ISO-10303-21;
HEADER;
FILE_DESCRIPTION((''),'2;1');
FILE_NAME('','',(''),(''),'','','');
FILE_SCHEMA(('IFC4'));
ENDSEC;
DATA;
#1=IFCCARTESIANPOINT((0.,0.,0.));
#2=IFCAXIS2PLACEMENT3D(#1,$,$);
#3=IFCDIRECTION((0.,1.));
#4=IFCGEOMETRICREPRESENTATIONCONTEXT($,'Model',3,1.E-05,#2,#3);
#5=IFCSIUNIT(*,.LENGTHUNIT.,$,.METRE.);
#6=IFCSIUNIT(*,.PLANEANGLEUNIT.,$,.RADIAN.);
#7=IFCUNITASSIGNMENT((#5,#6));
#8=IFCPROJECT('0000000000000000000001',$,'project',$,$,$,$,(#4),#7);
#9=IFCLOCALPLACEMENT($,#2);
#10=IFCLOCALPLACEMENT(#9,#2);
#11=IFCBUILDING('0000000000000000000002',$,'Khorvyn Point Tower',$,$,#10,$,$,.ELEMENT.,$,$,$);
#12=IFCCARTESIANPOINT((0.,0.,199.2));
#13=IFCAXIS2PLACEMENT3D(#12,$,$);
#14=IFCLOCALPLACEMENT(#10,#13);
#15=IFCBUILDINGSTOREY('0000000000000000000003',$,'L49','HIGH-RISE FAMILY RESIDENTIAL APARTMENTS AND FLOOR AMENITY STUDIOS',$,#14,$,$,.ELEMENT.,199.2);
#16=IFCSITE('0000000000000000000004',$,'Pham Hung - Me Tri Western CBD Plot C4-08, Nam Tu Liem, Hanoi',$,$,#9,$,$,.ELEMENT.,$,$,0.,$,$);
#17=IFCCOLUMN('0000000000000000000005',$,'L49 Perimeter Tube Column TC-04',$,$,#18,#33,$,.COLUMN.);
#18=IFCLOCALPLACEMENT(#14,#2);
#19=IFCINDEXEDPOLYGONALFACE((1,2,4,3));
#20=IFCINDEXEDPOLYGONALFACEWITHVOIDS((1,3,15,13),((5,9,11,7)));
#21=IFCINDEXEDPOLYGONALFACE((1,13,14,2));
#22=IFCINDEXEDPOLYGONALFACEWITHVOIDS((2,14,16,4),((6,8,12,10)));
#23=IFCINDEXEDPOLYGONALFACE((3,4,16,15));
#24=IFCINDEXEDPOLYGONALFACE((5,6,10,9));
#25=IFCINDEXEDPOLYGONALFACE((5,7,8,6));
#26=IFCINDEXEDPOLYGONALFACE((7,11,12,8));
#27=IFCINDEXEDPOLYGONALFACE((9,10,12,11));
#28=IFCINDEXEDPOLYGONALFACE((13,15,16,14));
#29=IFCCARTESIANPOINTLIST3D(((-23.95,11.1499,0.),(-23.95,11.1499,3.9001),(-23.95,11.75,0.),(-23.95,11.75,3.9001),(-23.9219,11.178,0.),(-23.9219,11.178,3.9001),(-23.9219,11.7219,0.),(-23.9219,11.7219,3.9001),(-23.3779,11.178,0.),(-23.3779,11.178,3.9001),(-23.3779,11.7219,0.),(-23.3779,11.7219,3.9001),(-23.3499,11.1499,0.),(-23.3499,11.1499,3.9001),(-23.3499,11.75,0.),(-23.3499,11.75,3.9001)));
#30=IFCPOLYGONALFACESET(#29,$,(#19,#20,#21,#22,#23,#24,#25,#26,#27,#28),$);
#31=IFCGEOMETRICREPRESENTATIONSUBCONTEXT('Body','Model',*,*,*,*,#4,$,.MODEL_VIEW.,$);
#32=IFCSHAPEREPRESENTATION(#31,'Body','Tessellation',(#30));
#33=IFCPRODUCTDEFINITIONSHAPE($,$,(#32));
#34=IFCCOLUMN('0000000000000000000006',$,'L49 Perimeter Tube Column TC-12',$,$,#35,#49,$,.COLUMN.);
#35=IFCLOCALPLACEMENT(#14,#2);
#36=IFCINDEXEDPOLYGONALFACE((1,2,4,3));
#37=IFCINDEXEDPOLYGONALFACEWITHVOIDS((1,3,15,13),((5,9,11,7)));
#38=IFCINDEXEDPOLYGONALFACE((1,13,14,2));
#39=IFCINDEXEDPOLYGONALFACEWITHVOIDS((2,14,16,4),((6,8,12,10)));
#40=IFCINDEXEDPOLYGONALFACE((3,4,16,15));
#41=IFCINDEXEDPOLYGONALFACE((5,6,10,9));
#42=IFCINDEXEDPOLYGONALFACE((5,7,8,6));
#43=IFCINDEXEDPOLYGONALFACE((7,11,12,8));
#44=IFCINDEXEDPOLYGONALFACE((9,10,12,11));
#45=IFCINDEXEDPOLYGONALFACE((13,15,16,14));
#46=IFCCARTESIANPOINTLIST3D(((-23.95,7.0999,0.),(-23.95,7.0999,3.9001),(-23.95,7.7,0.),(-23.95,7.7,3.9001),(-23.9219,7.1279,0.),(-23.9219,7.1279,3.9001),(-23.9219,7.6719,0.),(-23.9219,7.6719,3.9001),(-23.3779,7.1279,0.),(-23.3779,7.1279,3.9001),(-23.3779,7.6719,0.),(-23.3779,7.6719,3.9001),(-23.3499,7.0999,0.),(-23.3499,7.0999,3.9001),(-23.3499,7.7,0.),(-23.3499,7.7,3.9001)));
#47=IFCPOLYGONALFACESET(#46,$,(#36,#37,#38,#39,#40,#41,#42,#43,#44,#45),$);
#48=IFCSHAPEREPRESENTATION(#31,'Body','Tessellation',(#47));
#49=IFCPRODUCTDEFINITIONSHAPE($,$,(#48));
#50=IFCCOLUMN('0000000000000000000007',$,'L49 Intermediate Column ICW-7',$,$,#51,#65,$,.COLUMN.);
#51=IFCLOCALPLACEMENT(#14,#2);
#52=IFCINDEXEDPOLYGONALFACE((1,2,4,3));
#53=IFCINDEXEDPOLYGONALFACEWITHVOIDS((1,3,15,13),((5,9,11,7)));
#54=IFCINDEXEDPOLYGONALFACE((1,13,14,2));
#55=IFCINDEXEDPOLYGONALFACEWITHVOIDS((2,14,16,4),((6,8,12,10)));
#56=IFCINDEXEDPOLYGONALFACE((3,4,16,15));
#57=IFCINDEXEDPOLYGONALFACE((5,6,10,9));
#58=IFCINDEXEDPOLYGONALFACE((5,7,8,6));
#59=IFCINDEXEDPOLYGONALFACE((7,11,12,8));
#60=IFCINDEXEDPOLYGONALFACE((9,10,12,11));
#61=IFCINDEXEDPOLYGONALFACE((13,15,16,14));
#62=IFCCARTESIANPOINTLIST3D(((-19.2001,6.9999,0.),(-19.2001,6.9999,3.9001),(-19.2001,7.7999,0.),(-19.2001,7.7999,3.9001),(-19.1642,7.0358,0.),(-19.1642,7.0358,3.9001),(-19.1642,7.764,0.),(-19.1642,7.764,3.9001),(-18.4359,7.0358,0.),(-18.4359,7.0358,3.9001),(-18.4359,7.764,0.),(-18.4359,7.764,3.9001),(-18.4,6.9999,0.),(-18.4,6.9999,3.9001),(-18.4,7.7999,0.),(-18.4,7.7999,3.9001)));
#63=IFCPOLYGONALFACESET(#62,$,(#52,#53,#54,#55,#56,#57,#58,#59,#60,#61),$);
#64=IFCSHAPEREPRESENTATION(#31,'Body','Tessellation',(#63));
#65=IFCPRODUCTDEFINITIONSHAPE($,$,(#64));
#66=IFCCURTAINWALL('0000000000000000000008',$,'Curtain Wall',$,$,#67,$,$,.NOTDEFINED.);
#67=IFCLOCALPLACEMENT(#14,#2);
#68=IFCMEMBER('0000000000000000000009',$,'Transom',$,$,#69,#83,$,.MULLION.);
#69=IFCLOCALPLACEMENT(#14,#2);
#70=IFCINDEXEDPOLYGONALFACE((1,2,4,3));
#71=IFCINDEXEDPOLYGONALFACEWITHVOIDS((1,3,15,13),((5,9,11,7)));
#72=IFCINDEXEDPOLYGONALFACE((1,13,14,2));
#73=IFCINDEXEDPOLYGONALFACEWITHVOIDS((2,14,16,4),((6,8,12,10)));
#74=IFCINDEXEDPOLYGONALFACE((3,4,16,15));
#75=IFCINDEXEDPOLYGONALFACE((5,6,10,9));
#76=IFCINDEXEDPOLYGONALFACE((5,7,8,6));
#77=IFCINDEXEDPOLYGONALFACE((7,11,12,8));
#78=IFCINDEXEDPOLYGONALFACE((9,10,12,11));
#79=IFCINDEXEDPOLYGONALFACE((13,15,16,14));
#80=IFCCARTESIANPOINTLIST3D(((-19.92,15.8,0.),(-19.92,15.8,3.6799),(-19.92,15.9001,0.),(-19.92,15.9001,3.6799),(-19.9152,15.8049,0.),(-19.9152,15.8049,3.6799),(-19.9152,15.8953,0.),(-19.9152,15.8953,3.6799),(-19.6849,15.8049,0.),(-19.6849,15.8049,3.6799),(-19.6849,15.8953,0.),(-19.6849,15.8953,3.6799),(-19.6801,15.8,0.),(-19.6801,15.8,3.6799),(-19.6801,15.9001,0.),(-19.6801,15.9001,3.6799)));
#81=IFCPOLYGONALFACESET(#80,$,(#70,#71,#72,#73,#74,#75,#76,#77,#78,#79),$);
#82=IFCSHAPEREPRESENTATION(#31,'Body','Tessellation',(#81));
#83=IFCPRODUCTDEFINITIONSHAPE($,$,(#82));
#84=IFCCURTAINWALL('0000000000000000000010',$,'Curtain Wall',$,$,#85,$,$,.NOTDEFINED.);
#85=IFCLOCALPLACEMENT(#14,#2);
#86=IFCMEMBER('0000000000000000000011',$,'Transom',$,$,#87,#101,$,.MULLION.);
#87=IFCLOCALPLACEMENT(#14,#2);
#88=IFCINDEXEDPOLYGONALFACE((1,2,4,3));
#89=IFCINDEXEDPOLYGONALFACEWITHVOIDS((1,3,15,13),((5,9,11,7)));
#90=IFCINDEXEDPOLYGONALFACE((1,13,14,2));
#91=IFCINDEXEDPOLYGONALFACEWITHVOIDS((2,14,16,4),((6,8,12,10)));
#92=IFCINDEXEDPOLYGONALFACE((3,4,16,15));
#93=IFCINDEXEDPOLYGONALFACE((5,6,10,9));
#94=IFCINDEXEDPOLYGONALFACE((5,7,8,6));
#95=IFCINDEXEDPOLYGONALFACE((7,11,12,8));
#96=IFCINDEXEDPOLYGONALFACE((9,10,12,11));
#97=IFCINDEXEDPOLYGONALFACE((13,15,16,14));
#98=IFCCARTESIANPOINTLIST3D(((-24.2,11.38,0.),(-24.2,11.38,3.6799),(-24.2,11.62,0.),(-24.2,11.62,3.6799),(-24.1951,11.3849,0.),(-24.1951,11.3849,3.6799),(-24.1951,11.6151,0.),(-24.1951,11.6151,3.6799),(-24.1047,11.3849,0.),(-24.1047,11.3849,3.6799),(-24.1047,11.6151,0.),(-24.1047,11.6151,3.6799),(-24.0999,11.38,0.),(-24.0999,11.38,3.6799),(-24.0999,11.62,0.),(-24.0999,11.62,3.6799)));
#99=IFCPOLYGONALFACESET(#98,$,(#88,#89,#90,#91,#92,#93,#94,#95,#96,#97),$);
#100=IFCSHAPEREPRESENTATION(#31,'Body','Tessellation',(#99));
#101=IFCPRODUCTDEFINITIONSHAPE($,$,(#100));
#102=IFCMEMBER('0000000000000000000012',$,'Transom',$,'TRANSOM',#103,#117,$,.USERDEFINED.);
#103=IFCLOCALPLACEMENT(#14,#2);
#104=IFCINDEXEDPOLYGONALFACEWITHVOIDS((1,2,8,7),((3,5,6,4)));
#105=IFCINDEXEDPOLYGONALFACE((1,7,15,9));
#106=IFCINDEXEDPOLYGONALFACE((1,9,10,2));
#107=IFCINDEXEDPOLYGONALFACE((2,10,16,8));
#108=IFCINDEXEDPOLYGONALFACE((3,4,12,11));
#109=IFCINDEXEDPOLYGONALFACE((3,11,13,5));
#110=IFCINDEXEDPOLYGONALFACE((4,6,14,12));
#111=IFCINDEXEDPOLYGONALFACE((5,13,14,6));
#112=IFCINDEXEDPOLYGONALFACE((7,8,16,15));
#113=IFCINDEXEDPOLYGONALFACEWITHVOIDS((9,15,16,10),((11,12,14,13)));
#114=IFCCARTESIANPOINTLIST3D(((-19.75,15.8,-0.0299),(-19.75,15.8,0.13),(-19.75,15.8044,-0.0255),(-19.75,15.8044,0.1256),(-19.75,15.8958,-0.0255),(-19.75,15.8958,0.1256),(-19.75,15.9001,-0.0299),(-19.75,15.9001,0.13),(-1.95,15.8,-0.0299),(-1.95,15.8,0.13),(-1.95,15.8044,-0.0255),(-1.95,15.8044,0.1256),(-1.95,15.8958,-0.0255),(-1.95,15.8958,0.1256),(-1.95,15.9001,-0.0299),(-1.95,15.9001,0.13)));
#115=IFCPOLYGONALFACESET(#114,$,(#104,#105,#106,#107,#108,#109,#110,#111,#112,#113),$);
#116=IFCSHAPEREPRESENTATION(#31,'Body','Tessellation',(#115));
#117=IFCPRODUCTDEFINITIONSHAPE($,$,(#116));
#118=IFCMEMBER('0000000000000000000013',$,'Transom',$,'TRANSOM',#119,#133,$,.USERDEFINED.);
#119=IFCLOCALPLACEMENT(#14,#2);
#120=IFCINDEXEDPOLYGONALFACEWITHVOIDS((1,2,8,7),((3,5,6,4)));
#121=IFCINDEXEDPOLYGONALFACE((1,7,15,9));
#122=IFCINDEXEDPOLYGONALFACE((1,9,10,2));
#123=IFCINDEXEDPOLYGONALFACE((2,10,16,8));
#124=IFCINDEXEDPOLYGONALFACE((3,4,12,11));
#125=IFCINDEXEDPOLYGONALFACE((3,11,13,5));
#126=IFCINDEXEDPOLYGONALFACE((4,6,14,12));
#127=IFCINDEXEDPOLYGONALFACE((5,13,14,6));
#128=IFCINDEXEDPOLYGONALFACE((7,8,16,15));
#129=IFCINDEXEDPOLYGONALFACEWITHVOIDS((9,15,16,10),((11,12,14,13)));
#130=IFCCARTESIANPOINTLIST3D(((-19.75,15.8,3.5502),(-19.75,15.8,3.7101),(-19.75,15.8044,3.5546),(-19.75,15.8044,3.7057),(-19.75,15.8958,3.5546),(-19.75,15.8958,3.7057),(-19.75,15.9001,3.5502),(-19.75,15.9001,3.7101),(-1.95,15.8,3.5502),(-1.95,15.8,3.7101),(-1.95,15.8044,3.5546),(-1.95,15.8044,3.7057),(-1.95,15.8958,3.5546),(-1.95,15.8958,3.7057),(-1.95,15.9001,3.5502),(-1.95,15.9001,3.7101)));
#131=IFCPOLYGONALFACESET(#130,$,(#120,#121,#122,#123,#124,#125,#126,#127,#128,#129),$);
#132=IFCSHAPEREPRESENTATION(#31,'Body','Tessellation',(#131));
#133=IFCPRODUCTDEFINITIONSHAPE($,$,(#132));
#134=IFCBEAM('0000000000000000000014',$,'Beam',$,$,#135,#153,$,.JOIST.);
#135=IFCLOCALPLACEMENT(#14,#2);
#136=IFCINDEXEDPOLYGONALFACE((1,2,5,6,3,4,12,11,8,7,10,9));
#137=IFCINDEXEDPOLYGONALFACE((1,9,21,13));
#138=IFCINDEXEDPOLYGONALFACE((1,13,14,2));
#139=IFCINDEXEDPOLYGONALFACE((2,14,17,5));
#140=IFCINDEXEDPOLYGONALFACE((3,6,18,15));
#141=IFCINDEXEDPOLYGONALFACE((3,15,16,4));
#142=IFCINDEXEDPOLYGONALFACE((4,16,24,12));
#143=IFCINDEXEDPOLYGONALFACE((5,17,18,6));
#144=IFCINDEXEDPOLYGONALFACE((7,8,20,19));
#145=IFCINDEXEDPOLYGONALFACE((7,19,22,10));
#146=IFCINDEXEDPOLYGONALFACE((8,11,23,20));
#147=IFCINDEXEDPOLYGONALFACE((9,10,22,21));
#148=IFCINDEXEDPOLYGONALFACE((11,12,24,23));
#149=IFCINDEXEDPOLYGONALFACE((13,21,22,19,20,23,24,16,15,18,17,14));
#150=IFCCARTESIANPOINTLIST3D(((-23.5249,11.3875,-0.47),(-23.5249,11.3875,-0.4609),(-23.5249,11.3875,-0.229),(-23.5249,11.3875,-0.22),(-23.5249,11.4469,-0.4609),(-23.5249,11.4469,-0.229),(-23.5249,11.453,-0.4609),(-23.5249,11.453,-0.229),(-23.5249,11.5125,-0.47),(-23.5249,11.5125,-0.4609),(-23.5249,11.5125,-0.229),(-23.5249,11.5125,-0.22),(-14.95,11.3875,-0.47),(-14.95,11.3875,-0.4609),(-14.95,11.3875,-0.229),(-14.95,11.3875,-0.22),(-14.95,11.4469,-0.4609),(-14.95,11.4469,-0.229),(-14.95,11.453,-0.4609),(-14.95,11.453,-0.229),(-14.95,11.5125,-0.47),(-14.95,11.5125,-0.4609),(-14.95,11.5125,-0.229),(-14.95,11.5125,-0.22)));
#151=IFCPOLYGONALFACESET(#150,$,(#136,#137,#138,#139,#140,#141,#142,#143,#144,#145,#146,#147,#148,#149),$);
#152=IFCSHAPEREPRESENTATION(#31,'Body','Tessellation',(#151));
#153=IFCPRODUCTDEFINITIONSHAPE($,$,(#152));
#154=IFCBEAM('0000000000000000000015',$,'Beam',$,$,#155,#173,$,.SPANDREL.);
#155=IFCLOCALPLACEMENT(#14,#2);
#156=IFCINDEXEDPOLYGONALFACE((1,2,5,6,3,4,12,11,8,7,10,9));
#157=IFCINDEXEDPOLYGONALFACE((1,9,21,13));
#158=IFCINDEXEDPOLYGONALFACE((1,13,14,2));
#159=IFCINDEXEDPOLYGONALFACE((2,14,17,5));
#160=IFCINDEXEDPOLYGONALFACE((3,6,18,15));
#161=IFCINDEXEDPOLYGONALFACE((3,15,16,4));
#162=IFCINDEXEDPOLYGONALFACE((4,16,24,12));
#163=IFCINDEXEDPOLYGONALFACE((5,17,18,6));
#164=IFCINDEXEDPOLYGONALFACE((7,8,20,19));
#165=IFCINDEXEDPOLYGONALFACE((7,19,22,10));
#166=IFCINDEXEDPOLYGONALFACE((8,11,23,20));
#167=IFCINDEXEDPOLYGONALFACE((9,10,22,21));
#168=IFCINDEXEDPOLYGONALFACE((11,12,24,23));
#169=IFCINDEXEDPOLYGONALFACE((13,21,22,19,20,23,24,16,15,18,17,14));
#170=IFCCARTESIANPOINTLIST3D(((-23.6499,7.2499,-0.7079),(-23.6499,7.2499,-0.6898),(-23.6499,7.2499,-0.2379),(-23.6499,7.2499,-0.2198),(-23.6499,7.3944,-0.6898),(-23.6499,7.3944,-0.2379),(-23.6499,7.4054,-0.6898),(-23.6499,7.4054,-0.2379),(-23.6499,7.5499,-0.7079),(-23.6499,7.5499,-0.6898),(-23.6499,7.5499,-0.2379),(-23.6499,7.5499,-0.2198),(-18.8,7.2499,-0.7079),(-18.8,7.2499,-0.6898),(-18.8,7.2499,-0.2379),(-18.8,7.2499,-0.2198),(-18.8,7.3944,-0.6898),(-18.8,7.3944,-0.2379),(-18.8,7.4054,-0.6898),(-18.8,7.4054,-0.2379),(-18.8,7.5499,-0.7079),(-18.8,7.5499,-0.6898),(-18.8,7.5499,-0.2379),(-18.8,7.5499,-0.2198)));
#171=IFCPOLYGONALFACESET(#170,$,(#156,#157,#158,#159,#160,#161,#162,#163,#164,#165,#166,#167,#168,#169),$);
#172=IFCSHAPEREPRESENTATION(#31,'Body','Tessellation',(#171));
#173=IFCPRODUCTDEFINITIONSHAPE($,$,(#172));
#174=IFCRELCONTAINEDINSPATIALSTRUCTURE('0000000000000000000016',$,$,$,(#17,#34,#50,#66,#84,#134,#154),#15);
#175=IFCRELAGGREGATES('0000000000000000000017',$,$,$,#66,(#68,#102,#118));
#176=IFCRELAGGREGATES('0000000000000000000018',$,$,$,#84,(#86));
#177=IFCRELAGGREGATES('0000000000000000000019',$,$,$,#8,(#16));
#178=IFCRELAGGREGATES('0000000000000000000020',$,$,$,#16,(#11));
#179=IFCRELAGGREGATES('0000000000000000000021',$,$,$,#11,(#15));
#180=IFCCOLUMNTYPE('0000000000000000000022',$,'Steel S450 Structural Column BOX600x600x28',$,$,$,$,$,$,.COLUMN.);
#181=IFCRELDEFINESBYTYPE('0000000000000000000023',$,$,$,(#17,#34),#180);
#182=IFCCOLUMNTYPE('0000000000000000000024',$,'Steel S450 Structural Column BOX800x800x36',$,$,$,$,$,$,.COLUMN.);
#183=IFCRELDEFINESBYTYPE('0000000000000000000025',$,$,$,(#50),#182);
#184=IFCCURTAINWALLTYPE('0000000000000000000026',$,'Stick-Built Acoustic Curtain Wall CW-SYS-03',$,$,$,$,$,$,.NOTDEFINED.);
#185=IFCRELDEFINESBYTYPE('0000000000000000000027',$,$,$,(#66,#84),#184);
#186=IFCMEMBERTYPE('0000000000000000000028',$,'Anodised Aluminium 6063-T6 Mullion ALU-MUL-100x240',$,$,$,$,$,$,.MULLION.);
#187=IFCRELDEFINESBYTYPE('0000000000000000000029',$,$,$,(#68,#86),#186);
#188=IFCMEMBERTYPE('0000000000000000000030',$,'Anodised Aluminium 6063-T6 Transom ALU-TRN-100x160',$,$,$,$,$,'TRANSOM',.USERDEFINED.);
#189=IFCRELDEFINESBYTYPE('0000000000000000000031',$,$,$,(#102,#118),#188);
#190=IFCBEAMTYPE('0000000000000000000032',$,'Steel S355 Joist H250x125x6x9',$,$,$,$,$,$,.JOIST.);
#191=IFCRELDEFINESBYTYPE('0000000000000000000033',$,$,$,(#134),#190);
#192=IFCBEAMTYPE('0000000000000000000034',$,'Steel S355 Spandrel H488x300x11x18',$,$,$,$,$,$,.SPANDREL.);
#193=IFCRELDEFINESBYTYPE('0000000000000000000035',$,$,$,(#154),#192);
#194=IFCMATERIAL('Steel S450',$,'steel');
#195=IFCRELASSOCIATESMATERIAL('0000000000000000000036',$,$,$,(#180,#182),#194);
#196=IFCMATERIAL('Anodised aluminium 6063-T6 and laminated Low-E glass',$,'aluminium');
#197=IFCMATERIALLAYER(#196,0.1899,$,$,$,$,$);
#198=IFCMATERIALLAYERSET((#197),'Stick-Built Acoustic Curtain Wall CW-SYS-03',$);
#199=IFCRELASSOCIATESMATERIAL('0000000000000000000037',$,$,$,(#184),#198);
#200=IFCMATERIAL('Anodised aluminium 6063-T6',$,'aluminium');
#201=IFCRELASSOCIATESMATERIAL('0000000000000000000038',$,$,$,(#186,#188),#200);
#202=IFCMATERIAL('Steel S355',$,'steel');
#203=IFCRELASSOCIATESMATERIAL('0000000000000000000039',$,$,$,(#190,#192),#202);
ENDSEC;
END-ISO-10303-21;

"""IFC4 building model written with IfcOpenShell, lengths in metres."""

from ifc_helpers import new_model, si_unit, direction, frame, origin, origin_2d, place, context, subcontext, project, spatial, hollow_rectangle, i_section, extrude, material, layer, layer_set, material_profile, profile_set, type_object, element, aggregate, save


model = new_model("IFC4")

# Units and contexts
model_context = context("Model", 3, precision=1e-05, world=origin(), true_north=direction((0.0, 1.0)))
body_context = subcontext(model_context, "Body", "Model", "MODEL_VIEW")
ifc_project = project(units=[si_unit("LENGTHUNIT", "METRE"), si_unit("PLANEANGLEUNIT", "RADIAN")], contexts=[model_context])

# Site, building, storey
site_placement = place(None, origin())
site = spatial("IfcSite", under=ifc_project, at=site_placement, Name="Pham Hung - Me Tri Western CBD Plot C4-08, Nam Tu Liem, Hanoi", CompositionType="ELEMENT", RefElevation=0.0)
building_placement = place(site_placement, origin())
building = spatial("IfcBuilding", under=site, at=building_placement, Name="Khorvyn Point Tower", CompositionType="ELEMENT")
storey_placement = place(building_placement, frame((0.0, 0.0, 199.2)))
storey = spatial("IfcBuildingStorey", under=building, at=storey_placement, Name="L49", Description="HIGH-RISE FAMILY RESIDENTIAL APARTMENTS AND FLOOR AMENITY STUDIOS", CompositionType="ELEMENT", Elevation=199.2)

# Columns
ifc_material_1 = material(Name="Steel S450", Category="steel")
ifc_material_profile_1 = material_profile(ifc_material_1, hollow_rectangle(XDim=0.6001, YDim=0.6001, WallThickness=0.0281, at=origin_2d()))
ifc_profile_set_1 = profile_set([ifc_material_profile_1], Name="Steel S450 BOX600x600x28")
column_type_1 = type_object("IfcColumnType", Name="Steel S450 Structural Column BOX600x600x28", PredefinedType="COLUMN", material=ifc_profile_set_1)
for number, where, z_axis, x_axis, name in (
    (1, (-23.6499, 11.45, 0.0), (0.0, 0.0, 1.0), (1.0, 0.0, 0.0), "L49 Perimeter Tube Column TC-04"),
    (2, (-23.6499, 7.3999, 0.0), (0.0, 0.0, 1.0), (1.0, 0.0, 0.0), "L49 Perimeter Tube Column TC-12"),
):
    element("IfcColumn", number, at=place(storey_placement, frame(where, z_axis=z_axis, x_axis=x_axis)), inside=storey, type_object=column_type_1, Name=name, PredefinedType="COLUMN", context=body_context, shape_type="SweptSolid", body=[
        extrude(hollow_rectangle(XDim=0.6001, YDim=0.6001, WallThickness=0.0281, at=origin_2d()), origin(), (0.0, 0.0, 1.0), 3.9001),
    ])
ifc_material_profile_2 = material_profile(ifc_material_1, hollow_rectangle(XDim=0.8, YDim=0.8, WallThickness=0.0359, at=origin_2d()))
ifc_profile_set_2 = profile_set([ifc_material_profile_2], Name="Steel S450 BOX800x800x36")
column_type_2 = type_object("IfcColumnType", Name="Steel S450 Structural Column BOX800x800x36", PredefinedType="COLUMN", material=ifc_profile_set_2)
column_placement = place(storey_placement, frame((-18.8, 7.3999, 0.0), z_axis=(0.0, 0.0, 1.0), x_axis=(1.0, 0.0, 0.0)))
element("IfcColumn", 3, at=column_placement, inside=storey, type_object=column_type_2, Name="L49 Intermediate Column ICW-7", PredefinedType="COLUMN", context=body_context, shape_type="SweptSolid", body=[
    extrude(hollow_rectangle(XDim=0.8, YDim=0.8, WallThickness=0.0359, at=origin_2d()), origin(), (0.0, 0.0, 1.0), 3.9001),
])

# Curtain walls, members
ifc_material_2 = material(Name="Anodised aluminium 6063-T6 and laminated Low-E glass", Category="aluminium")
ifc_layer_1 = layer(ifc_material_2, 0.1899)
ifc_layer_set_1 = layer_set([ifc_layer_1], Name="Stick-Built Acoustic Curtain Wall CW-SYS-03")
curtain_wall_type = type_object("IfcCurtainWallType", Name="Stick-Built Acoustic Curtain Wall CW-SYS-03", PredefinedType="NOTDEFINED", material=ifc_layer_set_1)
curtain_wall_1_placement = place(storey_placement, origin())
curtain_wall_1 = element("IfcCurtainWall", 4, at=curtain_wall_1_placement, inside=storey, type_object=curtain_wall_type, Name="Curtain Wall", PredefinedType="NOTDEFINED")
ifc_material_3 = material(Name="Anodised aluminium 6063-T6", Category="aluminium")
ifc_material_profile_3 = material_profile(ifc_material_3, hollow_rectangle(XDim=0.1001, YDim=0.24, WallThickness=0.0049, at=origin_2d()))
ifc_profile_set_3 = profile_set([ifc_material_profile_3], Name="Anodised aluminium 6063-T6 ALU-MUL-100x240")
member_type_1 = type_object("IfcMemberType", Name="Anodised Aluminium 6063-T6 Mullion ALU-MUL-100x240", PredefinedType="MULLION", material=ifc_profile_set_3)
member_1_placement = place(storey_placement, frame((-19.8, 15.8501, 0.0), z_axis=(0.0, 0.0, 1.0), x_axis=(0.0, 1.0, 0.0)))
member_1 = element("IfcMember", 5, at=member_1_placement, type_object=member_type_1, Name="Transom", PredefinedType="MULLION", context=body_context, shape_type="SweptSolid", body=[
    extrude(hollow_rectangle(XDim=0.1001, YDim=0.24, WallThickness=0.0049, at=origin_2d()), origin(), (0.0, 0.0, 1.0), 3.6799),
])
curtain_wall_2_placement = place(storey_placement, origin())
curtain_wall_2 = element("IfcCurtainWall", 6, at=curtain_wall_2_placement, inside=storey, type_object=curtain_wall_type, Name="Curtain Wall", PredefinedType="NOTDEFINED")
member_2_placement = place(storey_placement, frame((-24.1499, 11.5, 0.0), z_axis=(0.0, 0.0, 1.0), x_axis=(-1.0, 0.0, 0.0)))
member_2 = element("IfcMember", 7, at=member_2_placement, type_object=member_type_1, Name="Transom", PredefinedType="MULLION", context=body_context, shape_type="SweptSolid", body=[
    extrude(hollow_rectangle(XDim=0.1001, YDim=0.24, WallThickness=0.0049, at=origin_2d()), origin(), (0.0, 0.0, 1.0), 3.6799),
])

# Members
ifc_material_profile_4 = material_profile(ifc_material_3, hollow_rectangle(XDim=0.1001, YDim=0.1599, WallThickness=0.0044, at=origin_2d()))
ifc_profile_set_4 = profile_set([ifc_material_profile_4], Name="Anodised aluminium 6063-T6 ALU-TRN-100x160")
member_type_2 = type_object("IfcMemberType", Name="Anodised Aluminium 6063-T6 Transom ALU-TRN-100x160", ElementType="TRANSOM", PredefinedType="USERDEFINED", material=ifc_profile_set_4)
member_3_placement = place(storey_placement, frame((-19.75, 15.8501, 0.05), z_axis=(1.0, 0.0, 0.0), x_axis=(0.0, 1.0, 0.0)))
member_3 = element("IfcMember", 8, at=member_3_placement, type_object=member_type_2, Name="Transom", ObjectType="TRANSOM", PredefinedType="USERDEFINED", context=body_context, shape_type="SweptSolid", body=[
    extrude(hollow_rectangle(XDim=0.1001, YDim=0.1599, WallThickness=0.0044, at=origin_2d()), origin(), (0.0, 0.0, 1.0), 17.8),
])
member_4_placement = place(storey_placement, frame((-19.75, 15.8501, 3.6301), z_axis=(1.0, 0.0, 0.0), x_axis=(0.0, 1.0, 0.0)))
member_4 = element("IfcMember", 9, at=member_4_placement, type_object=member_type_2, Name="Transom", ObjectType="TRANSOM", PredefinedType="USERDEFINED", context=body_context, shape_type="SweptSolid", body=[
    extrude(hollow_rectangle(XDim=0.1001, YDim=0.1599, WallThickness=0.0044, at=origin_2d()), origin(), (0.0, 0.0, 1.0), 17.8),
])
aggregate(curtain_wall_1, [member_1, member_3, member_4])

# Beams
ifc_material_4 = material(Name="Steel S355", Category="steel")
ifc_material_profile_5 = material_profile(ifc_material_4, i_section(OverallWidth=0.125, OverallDepth=0.25, WebThickness=0.0061, FlangeThickness=0.009, at=origin_2d()))
ifc_profile_set_5 = profile_set([ifc_material_profile_5], Name="Steel S355 H250x125x6x9")
beam_type_1 = type_object("IfcBeamType", Name="Steel S355 Joist H250x125x6x9", PredefinedType="JOIST", material=ifc_profile_set_5)
beam_1_placement = place(storey_placement, frame((-23.5249, 11.45, -0.345), z_axis=(1.0, 0.0, 0.0), x_axis=(0.0, 1.0, 0.0)))
element("IfcBeam", 10, at=beam_1_placement, inside=storey, type_object=beam_type_1, Name="Beam", PredefinedType="JOIST", context=body_context, shape_type="SweptSolid", body=[
    extrude(i_section(OverallWidth=0.125, OverallDepth=0.25, WebThickness=0.0061, FlangeThickness=0.009, at=origin_2d()), origin(), (0.0, 0.0, 1.0), 8.575),
])
ifc_material_profile_6 = material_profile(ifc_material_4, i_section(OverallWidth=0.3, OverallDepth=0.488, WebThickness=0.011, FlangeThickness=0.0181, at=origin_2d()))
ifc_profile_set_6 = profile_set([ifc_material_profile_6], Name="Steel S355 H488x300x11x18")
beam_type_2 = type_object("IfcBeamType", Name="Steel S355 Spandrel H488x300x11x18", PredefinedType="SPANDREL", material=ifc_profile_set_6)
beam_2_placement = place(storey_placement, frame((-23.6499, 7.3999, -0.4639), z_axis=(1.0, 0.0, 0.0), x_axis=(0.0, 1.0, 0.0)))
element("IfcBeam", 11, at=beam_2_placement, inside=storey, type_object=beam_type_2, Name="Beam", PredefinedType="SPANDREL", context=body_context, shape_type="SweptSolid", body=[
    extrude(i_section(OverallWidth=0.3, OverallDepth=0.488, WebThickness=0.011, FlangeThickness=0.0181, at=origin_2d()), origin(), (0.0, 0.0, 1.0), 4.8499),
])

aggregate(curtain_wall_2, [member_2])

save(model, "model.ifc")
